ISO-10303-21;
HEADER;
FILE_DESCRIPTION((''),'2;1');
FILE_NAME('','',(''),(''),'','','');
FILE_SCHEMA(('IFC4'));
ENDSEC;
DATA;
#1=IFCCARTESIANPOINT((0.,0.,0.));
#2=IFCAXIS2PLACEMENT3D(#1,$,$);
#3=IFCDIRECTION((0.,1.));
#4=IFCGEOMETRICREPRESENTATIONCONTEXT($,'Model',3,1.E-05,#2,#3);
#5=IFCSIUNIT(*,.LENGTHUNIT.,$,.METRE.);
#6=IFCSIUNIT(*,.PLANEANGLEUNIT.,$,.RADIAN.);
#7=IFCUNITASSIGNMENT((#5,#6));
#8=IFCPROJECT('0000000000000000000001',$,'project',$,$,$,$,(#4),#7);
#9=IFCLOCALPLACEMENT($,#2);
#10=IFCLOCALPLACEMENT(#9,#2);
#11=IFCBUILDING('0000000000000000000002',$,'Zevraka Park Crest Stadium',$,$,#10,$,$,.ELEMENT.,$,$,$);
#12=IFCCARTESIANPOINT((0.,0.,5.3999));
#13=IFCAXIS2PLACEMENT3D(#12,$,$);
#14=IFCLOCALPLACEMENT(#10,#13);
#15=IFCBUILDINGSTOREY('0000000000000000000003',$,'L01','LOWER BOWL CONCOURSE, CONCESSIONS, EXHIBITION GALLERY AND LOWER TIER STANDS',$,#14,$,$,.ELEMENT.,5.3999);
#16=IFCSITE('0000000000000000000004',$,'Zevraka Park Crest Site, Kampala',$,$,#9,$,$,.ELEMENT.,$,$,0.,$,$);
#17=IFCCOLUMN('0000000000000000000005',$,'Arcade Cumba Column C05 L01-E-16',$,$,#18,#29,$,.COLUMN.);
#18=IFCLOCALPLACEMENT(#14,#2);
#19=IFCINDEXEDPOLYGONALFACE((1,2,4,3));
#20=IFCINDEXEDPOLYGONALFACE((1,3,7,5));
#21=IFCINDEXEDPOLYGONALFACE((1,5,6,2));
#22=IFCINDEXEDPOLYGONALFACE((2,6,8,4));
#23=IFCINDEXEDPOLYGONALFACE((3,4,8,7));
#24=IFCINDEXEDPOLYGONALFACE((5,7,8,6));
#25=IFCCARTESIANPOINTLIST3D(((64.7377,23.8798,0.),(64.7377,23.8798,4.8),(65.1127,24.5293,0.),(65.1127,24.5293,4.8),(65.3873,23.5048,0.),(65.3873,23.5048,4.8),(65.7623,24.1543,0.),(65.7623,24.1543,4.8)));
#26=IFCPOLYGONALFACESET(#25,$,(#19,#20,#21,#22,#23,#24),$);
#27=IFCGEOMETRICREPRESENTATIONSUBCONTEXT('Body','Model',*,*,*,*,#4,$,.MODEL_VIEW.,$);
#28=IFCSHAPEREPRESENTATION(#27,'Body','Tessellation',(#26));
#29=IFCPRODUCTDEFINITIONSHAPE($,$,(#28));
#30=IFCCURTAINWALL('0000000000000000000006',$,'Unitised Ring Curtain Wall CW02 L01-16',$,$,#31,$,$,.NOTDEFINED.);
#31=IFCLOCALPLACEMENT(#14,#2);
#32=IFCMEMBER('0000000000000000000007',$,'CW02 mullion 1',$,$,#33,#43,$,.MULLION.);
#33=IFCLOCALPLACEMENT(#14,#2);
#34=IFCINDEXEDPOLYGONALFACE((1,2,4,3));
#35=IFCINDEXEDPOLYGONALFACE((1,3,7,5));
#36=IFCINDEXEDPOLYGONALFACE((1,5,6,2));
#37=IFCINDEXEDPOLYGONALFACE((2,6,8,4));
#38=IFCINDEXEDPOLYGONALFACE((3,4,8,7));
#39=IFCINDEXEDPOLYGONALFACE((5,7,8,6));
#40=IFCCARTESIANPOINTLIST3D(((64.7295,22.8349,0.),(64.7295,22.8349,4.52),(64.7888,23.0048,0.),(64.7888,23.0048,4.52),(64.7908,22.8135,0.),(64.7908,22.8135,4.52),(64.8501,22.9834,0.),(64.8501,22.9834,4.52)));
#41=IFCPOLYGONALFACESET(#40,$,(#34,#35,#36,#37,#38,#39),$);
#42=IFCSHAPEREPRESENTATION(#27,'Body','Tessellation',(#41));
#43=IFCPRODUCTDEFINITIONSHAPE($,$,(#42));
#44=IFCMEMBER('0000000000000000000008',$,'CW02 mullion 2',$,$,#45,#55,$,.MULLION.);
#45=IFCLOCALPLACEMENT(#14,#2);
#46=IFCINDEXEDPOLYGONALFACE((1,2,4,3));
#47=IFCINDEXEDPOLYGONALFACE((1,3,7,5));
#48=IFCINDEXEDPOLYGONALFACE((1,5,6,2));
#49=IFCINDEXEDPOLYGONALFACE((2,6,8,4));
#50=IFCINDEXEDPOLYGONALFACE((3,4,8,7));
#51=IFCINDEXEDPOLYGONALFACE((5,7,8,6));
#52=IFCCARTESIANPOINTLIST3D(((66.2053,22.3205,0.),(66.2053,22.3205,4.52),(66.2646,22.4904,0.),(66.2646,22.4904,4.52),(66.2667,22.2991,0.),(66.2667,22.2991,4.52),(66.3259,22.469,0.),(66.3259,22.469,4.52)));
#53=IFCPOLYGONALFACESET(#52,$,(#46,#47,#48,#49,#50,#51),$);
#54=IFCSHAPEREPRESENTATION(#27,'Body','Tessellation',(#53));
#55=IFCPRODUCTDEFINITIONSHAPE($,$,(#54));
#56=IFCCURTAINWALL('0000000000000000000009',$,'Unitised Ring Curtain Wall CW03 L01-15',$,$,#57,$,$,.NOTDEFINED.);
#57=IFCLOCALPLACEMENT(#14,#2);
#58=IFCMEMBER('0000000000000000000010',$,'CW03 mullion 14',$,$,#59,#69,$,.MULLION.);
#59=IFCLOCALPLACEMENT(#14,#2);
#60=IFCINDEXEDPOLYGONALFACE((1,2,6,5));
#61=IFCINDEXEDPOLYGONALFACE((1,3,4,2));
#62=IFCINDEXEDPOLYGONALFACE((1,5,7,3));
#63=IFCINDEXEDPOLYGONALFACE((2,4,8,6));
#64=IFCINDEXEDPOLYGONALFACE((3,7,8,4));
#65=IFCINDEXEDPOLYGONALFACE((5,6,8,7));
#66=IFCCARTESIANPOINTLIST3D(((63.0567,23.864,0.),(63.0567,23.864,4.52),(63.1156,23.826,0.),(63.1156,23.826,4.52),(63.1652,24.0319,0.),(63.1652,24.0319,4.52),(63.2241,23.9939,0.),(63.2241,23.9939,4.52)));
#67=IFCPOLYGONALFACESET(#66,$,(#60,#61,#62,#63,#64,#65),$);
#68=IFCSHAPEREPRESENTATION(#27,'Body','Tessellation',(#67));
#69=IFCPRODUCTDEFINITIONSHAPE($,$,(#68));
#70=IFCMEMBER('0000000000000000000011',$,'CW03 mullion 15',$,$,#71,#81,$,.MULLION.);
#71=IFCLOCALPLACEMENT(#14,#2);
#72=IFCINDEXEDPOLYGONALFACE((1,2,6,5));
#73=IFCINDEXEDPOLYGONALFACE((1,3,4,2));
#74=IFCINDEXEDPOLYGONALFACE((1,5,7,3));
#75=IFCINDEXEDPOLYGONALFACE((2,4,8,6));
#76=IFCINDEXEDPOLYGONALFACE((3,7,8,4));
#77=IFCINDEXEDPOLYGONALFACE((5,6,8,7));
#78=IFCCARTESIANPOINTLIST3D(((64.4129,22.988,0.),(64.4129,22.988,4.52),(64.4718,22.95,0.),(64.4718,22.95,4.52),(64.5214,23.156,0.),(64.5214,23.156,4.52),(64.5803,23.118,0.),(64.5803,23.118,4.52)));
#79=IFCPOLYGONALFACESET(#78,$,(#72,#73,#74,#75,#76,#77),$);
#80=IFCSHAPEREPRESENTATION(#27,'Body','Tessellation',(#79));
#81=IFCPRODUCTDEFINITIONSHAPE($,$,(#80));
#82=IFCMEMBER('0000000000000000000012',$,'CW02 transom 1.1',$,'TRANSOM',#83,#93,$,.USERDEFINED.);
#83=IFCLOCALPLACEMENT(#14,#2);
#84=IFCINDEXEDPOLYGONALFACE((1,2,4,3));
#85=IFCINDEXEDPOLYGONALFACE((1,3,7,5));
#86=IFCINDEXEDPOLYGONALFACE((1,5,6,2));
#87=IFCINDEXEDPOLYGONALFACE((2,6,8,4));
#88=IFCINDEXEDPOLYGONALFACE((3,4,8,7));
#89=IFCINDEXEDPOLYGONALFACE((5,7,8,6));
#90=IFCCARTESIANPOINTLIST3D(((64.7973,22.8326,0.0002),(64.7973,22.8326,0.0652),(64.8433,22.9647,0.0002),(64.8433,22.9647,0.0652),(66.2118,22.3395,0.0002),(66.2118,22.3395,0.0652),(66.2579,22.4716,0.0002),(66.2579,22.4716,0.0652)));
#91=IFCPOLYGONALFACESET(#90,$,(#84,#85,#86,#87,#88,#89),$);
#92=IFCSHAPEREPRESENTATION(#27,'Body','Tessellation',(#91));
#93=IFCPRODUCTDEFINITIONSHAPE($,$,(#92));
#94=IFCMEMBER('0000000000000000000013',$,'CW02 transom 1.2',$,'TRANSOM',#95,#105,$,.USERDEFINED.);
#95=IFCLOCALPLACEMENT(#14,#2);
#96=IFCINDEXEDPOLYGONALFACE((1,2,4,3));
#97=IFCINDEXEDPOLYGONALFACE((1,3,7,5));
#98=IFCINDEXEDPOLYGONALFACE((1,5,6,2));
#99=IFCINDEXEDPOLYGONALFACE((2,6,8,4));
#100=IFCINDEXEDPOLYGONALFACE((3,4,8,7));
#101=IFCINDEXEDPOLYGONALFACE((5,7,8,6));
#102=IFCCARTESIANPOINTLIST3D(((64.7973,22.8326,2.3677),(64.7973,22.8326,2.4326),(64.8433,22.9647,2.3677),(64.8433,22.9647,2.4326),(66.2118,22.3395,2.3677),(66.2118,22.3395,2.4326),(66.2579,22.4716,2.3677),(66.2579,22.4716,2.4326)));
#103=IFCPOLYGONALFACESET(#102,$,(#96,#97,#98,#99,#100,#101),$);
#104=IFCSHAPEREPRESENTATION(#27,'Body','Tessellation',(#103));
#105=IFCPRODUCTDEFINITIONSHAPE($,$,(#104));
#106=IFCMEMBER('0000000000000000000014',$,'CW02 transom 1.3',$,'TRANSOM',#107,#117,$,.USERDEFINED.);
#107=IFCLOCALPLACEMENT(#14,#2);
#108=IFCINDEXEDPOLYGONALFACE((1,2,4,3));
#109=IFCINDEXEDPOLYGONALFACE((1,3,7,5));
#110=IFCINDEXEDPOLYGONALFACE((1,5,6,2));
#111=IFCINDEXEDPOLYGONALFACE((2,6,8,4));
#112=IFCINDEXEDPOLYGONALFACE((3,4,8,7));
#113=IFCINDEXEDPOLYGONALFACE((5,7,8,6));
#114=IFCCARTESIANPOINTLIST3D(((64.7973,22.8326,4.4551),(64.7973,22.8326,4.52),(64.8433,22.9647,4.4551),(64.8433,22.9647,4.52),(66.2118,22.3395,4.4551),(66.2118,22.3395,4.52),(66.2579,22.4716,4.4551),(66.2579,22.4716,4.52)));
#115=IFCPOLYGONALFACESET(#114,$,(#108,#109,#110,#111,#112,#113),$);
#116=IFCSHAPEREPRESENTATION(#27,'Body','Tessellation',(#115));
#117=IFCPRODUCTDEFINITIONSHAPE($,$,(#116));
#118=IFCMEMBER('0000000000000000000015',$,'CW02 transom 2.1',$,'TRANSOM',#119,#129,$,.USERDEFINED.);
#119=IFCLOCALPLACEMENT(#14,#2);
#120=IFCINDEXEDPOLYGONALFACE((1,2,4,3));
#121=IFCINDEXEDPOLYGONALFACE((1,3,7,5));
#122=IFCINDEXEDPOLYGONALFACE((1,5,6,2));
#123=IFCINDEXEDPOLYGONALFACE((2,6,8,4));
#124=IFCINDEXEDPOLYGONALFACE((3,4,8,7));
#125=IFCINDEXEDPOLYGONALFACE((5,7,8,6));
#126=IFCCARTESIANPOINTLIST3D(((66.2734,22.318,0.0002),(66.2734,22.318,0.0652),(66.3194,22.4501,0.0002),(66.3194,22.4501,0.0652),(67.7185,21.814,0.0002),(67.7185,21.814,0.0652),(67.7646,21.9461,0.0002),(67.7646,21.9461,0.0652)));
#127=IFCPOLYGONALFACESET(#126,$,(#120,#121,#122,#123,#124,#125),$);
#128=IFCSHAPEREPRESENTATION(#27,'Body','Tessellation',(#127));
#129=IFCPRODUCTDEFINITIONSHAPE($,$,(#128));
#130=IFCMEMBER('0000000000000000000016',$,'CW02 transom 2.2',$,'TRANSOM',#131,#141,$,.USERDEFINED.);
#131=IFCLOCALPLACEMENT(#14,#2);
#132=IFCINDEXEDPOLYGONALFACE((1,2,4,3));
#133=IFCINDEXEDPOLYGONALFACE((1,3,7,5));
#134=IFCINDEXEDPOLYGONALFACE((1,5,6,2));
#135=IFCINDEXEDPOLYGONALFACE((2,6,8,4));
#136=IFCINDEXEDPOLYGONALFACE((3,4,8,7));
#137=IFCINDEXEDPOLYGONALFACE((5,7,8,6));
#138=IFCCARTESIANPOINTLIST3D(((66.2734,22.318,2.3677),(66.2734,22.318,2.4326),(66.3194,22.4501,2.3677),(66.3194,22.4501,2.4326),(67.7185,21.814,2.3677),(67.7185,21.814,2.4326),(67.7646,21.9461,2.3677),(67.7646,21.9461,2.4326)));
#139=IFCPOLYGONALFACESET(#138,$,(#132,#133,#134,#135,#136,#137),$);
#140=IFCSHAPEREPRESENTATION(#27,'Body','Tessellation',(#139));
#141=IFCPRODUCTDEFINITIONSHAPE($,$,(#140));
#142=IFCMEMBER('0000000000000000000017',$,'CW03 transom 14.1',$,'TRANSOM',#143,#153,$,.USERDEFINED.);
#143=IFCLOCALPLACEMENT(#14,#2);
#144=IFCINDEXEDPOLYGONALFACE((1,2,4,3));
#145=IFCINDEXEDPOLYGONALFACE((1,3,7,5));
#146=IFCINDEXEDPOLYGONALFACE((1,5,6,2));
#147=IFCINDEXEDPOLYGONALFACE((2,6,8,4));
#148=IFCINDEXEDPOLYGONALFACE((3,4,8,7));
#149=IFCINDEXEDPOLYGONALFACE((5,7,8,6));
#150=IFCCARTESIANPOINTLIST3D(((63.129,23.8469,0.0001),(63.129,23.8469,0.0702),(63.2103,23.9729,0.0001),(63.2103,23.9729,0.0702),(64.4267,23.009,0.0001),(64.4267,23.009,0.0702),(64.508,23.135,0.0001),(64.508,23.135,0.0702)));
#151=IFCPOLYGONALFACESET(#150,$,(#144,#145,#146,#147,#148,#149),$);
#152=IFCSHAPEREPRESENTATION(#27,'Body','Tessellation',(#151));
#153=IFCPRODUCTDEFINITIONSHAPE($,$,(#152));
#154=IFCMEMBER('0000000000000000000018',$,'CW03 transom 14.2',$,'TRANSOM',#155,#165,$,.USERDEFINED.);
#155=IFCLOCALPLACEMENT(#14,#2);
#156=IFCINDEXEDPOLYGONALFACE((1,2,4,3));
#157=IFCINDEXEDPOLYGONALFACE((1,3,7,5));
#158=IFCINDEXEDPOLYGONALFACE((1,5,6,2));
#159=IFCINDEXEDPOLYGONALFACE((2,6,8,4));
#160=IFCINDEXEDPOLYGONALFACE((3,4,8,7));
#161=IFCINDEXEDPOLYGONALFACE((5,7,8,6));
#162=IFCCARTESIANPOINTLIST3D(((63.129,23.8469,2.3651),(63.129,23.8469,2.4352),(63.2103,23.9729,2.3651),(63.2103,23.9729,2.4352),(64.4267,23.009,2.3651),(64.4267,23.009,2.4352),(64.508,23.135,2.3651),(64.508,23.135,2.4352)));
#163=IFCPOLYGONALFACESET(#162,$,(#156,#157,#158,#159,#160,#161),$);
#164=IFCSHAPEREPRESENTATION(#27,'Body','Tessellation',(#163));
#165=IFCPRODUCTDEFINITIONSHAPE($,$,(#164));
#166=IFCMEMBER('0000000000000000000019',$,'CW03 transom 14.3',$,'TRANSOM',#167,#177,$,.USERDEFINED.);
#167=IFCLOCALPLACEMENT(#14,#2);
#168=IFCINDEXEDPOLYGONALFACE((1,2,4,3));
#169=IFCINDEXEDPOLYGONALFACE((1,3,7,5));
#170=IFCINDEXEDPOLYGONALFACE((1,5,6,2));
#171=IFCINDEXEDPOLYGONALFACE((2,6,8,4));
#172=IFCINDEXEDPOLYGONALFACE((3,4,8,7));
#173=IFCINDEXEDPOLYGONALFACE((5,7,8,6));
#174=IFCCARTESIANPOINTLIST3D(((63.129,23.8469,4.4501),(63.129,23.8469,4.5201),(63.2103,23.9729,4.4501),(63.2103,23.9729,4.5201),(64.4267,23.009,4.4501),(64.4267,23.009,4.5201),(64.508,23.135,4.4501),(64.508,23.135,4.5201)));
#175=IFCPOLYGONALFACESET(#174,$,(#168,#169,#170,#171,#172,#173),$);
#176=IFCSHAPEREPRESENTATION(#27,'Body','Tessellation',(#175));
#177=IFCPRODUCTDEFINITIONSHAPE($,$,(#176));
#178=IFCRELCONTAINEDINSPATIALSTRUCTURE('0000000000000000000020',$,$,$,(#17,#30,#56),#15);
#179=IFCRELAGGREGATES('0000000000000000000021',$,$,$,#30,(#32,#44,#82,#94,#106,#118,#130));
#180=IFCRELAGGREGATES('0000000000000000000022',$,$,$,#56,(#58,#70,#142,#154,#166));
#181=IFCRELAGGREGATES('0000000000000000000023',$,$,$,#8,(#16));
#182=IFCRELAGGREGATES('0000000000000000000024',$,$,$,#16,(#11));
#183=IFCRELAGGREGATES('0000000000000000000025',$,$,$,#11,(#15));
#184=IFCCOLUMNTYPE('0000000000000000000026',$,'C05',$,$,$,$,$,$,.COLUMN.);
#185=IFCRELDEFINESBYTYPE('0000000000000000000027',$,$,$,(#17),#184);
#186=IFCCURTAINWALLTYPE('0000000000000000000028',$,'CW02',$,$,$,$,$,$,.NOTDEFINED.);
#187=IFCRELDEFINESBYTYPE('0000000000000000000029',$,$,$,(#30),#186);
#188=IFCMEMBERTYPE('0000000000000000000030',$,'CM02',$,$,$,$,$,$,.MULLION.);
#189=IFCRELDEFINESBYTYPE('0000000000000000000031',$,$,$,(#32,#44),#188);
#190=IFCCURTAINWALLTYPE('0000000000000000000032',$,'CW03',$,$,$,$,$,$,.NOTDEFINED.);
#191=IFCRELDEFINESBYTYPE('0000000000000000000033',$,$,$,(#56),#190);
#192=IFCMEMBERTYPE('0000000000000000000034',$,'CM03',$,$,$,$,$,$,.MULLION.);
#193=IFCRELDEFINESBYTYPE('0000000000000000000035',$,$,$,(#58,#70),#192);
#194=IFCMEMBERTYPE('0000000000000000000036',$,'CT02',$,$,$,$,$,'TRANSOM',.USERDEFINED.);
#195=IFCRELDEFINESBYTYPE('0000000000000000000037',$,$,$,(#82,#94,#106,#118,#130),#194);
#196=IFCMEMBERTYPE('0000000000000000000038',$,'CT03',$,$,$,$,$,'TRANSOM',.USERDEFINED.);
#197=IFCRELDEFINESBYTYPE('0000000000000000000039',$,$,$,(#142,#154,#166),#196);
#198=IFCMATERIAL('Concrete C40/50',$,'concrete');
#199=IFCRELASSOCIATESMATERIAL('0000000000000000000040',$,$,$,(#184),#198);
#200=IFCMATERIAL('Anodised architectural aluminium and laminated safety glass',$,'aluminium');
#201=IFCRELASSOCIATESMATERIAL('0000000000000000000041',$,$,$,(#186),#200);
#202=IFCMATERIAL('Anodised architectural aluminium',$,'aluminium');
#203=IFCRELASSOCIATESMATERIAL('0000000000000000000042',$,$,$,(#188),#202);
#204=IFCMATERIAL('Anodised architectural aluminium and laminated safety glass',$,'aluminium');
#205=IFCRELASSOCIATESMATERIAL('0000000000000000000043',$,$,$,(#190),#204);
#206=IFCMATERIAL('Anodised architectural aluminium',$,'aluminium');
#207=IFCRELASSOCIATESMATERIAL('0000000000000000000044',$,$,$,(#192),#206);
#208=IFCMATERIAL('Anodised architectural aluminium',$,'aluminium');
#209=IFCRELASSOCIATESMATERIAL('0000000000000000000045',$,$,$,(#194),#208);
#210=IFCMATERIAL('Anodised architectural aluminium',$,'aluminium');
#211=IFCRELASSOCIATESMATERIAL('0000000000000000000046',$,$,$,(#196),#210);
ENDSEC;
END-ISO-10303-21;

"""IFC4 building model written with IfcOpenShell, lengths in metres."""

from ifc_helpers import new_model, si_unit, direction, frame, origin, origin_2d, place, context, subcontext, project, spatial, rectangle, extrude, material, material_profile, profile_set, type_object, element, aggregate, save


model = new_model("IFC4")

# Units and contexts
model_context = context("Model", 3, precision=1e-05, world=origin(), true_north=direction((0.0, 1.0)))
body_context = subcontext(model_context, "Body", "Model", "MODEL_VIEW")
ifc_project = project(units=[si_unit("LENGTHUNIT", "METRE"), si_unit("PLANEANGLEUNIT", "RADIAN")], contexts=[model_context])

# Site, building, storey
site_placement = place(None, origin())
site = spatial("IfcSite", under=ifc_project, at=site_placement, Name="Zevraka Park Crest Site, Kampala", CompositionType="ELEMENT", RefElevation=0.0)
building_placement = place(site_placement, origin())
building = spatial("IfcBuilding", under=site, at=building_placement, Name="Zevraka Park Crest Stadium", CompositionType="ELEMENT")
storey_placement = place(building_placement, frame((0.0, 0.0, 5.3999)))
storey = spatial("IfcBuildingStorey", under=building, at=storey_placement, Name="L01", Description="LOWER BOWL CONCOURSE, CONCESSIONS, EXHIBITION GALLERY AND LOWER TIER STANDS", CompositionType="ELEMENT", Elevation=5.3999)

# Column
ifc_material_1 = material(Name="Concrete C40/50", Category="concrete")
ifc_material_profile_1 = material_profile(ifc_material_1, rectangle(XDim=0.75, YDim=0.75, at=origin_2d()), Name="RC 750x750")
ifc_profile_set_1 = profile_set([ifc_material_profile_1], Name="Concrete C40/50")
column_type = type_object("IfcColumnType", Name="C05", PredefinedType="COLUMN", material=ifc_profile_set_1)
column_placement = place(storey_placement, frame((65.25, 24.0171, 0.0), z_axis=(0.0, 0.0, 1.0), x_axis=(0.5, 0.866025, 0.0)))
element("IfcColumn", 1, at=column_placement, inside=storey, type_object=column_type, Name="Arcade Cumba Column C05 L01-E-16", PredefinedType="COLUMN", context=body_context, shape_type="SweptSolid", body=[
    extrude(rectangle(XDim=0.75, YDim=0.75, at=origin_2d()), origin(), (0.0, 0.0, 1.0), 4.8),
])

# Curtain walls, members
ifc_material_2 = material(Name="Anodised architectural aluminium and laminated safety glass", Category="aluminium")
curtain_wall_type_1 = type_object("IfcCurtainWallType", Name="CW02", PredefinedType="NOTDEFINED", material=ifc_material_2)
curtain_wall_1_placement = place(storey_placement, origin())
curtain_wall_1 = element("IfcCurtainWall", 2, at=curtain_wall_1_placement, inside=storey, type_object=curtain_wall_type_1, Name="Unitised Ring Curtain Wall CW02 L01-16", PredefinedType="NOTDEFINED")
ifc_material_3 = material(Name="Anodised architectural aluminium", Category="aluminium")
ifc_material_profile_2 = material_profile(ifc_material_3, rectangle(XDim=0.1799, YDim=0.0649, at=origin_2d()), Name="ALU MULLION 180x65")
ifc_profile_set_2 = profile_set([ifc_material_profile_2], Name="Anodised architectural aluminium")
member_type_1 = type_object("IfcMemberType", Name="CM02", PredefinedType="MULLION", material=ifc_profile_set_2)
member_1_placement = place(storey_placement, frame((64.7898, 22.9092, 0.0), z_axis=(0.0, 0.0, 1.0), x_axis=(0.329209, 0.944257, 0.0)))
member_1 = element("IfcMember", 3, at=member_1_placement, type_object=member_type_1, Name="CW02 mullion 1", PredefinedType="MULLION", context=body_context, shape_type="SweptSolid", body=[
    extrude(rectangle(XDim=0.1799, YDim=0.0649, at=origin_2d()), origin(), (0.0, 0.0, 1.0), 4.52),
])
member_2_placement = place(storey_placement, frame((66.2656, 22.3948, 0.0), z_axis=(0.0, 0.0, 1.0), x_axis=(0.329209, 0.944257, 0.0)))
member_2 = element("IfcMember", 4, at=member_2_placement, type_object=member_type_1, Name="CW02 mullion 2", PredefinedType="MULLION", context=body_context, shape_type="SweptSolid", body=[
    extrude(rectangle(XDim=0.1799, YDim=0.0649, at=origin_2d()), origin(), (0.0, 0.0, 1.0), 4.52),
])
ifc_material_4 = material(Name="Anodised architectural aluminium and laminated safety glass", Category="aluminium")
curtain_wall_type_2 = type_object("IfcCurtainWallType", Name="CW03", PredefinedType="NOTDEFINED", material=ifc_material_4)
curtain_wall_2_placement = place(storey_placement, origin())
curtain_wall_2 = element("IfcCurtainWall", 5, at=curtain_wall_2_placement, inside=storey, type_object=curtain_wall_type_2, Name="Unitised Ring Curtain Wall CW03 L01-15", PredefinedType="NOTDEFINED")
ifc_material_5 = material(Name="Anodised architectural aluminium", Category="aluminium")
ifc_material_profile_3 = material_profile(ifc_material_5, rectangle(XDim=0.2, YDim=0.0701, at=origin_2d()), Name="ALU MULLION 200x70")
ifc_profile_set_3 = profile_set([ifc_material_profile_3], Name="Anodised architectural aluminium")
member_type_2 = type_object("IfcMemberType", Name="CM03", PredefinedType="MULLION", material=ifc_profile_set_3)
member_3_placement = place(storey_placement, frame((63.1404, 23.929, 0.0), z_axis=(0.0, 0.0, 1.0), x_axis=(0.542571, 0.84001, 0.0)))
member_3 = element("IfcMember", 6, at=member_3_placement, type_object=member_type_2, Name="CW03 mullion 14", PredefinedType="MULLION", context=body_context, shape_type="SweptSolid", body=[
    extrude(rectangle(XDim=0.2, YDim=0.0701, at=origin_2d()), origin(), (0.0, 0.0, 1.0), 4.52),
])
member_4_placement = place(storey_placement, frame((64.4966, 23.053, 0.0), z_axis=(0.0, 0.0, 1.0), x_axis=(0.542571, 0.84001, 0.0)))
member_4 = element("IfcMember", 7, at=member_4_placement, type_object=member_type_2, Name="CW03 mullion 15", PredefinedType="MULLION", context=body_context, shape_type="SweptSolid", body=[
    extrude(rectangle(XDim=0.2, YDim=0.0701, at=origin_2d()), origin(), (0.0, 0.0, 1.0), 4.52),
])

# Members
ifc_material_6 = material(Name="Anodised architectural aluminium", Category="aluminium")
ifc_material_profile_4 = material_profile(ifc_material_6, rectangle(XDim=0.1399, YDim=0.0649, at=origin_2d()), Name="ALU TRANSOM 140x65")
ifc_profile_set_4 = profile_set([ifc_material_profile_4], Name="Anodised architectural aluminium")
member_type_3 = type_object("IfcMemberType", Name="CT02", ElementType="TRANSOM", PredefinedType="USERDEFINED", material=ifc_profile_set_4)
member_5_placement = place(storey_placement, frame((64.8203, 22.8987, 0.0327), z_axis=(0.944259, -0.329203, 0.0), x_axis=(0.329203, 0.944259, 0.0)))
member_5 = element("IfcMember", 8, at=member_5_placement, type_object=member_type_3, Name="CW02 transom 1.1", ObjectType="TRANSOM", PredefinedType="USERDEFINED", context=body_context, shape_type="SweptSolid", body=[
    extrude(rectangle(XDim=0.1399, YDim=0.0649, at=origin_2d()), origin(), (0.0, 0.0, 1.0), 1.498),
])
member_6_placement = place(storey_placement, frame((64.8203, 22.8987, 2.4001), z_axis=(0.944259, -0.329203, 0.0), x_axis=(0.329203, 0.944259, 0.0)))
member_6 = element("IfcMember", 9, at=member_6_placement, type_object=member_type_3, Name="CW02 transom 1.2", ObjectType="TRANSOM", PredefinedType="USERDEFINED", context=body_context, shape_type="SweptSolid", body=[
    extrude(rectangle(XDim=0.1399, YDim=0.0649, at=origin_2d()), origin(), (0.0, 0.0, 1.0), 1.498),
])
member_7_placement = place(storey_placement, frame((64.8203, 22.8987, 4.4875), z_axis=(0.944259, -0.329203, 0.0), x_axis=(0.329203, 0.944259, 0.0)))
member_7 = element("IfcMember", 10, at=member_7_placement, type_object=member_type_3, Name="CW02 transom 1.3", ObjectType="TRANSOM", PredefinedType="USERDEFINED", context=body_context, shape_type="SweptSolid", body=[
    extrude(rectangle(XDim=0.1399, YDim=0.0649, at=origin_2d()), origin(), (0.0, 0.0, 1.0), 1.498),
])
member_8_placement = place(storey_placement, frame((66.2964, 22.384, 0.0327), z_axis=(0.944238, -0.329263, 0.0), x_axis=(0.329263, 0.944238, 0.0)))
member_8 = element("IfcMember", 11, at=member_8_placement, type_object=member_type_3, Name="CW02 transom 2.1", ObjectType="TRANSOM", PredefinedType="USERDEFINED", context=body_context, shape_type="SweptSolid", body=[
    extrude(rectangle(XDim=0.1399, YDim=0.0649, at=origin_2d()), origin(), (0.0, 0.0, 1.0), 1.5305),
])
member_9_placement = place(storey_placement, frame((66.2964, 22.384, 2.4001), z_axis=(0.944238, -0.329263, 0.0), x_axis=(0.329263, 0.944238, 0.0)))
member_9 = element("IfcMember", 12, at=member_9_placement, type_object=member_type_3, Name="CW02 transom 2.2", ObjectType="TRANSOM", PredefinedType="USERDEFINED", context=body_context, shape_type="SweptSolid", body=[
    extrude(rectangle(XDim=0.1399, YDim=0.0649, at=origin_2d()), origin(), (0.0, 0.0, 1.0), 1.5305),
])
ifc_material_7 = material(Name="Anodised architectural aluminium", Category="aluminium")
ifc_material_profile_5 = material_profile(ifc_material_7, rectangle(XDim=0.1499, YDim=0.0701, at=origin_2d()), Name="ALU TRANSOM 150x70")
ifc_profile_set_5 = profile_set([ifc_material_profile_5], Name="Anodised architectural aluminium")
member_type_4 = type_object("IfcMemberType", Name="CT03", ElementType="TRANSOM", PredefinedType="USERDEFINED", material=ifc_profile_set_5)
member_10_placement = place(storey_placement, frame((63.1697, 23.9099, 0.0352), z_axis=(0.840083, -0.542458, 0.0), x_axis=(0.542458, 0.840083, 0.0)))
member_10 = element("IfcMember", 13, at=member_10_placement, type_object=member_type_4, Name="CW03 transom 14.1", ObjectType="TRANSOM", PredefinedType="USERDEFINED", context=body_context, shape_type="SweptSolid", body=[
    extrude(rectangle(XDim=0.1499, YDim=0.0701, at=origin_2d()), origin(), (0.0, 0.0, 1.0), 1.5447),
])
member_11_placement = place(storey_placement, frame((63.1697, 23.9099, 2.4001), z_axis=(0.840083, -0.542458, 0.0), x_axis=(0.542458, 0.840083, 0.0)))
member_11 = element("IfcMember", 14, at=member_11_placement, type_object=member_type_4, Name="CW03 transom 14.2", ObjectType="TRANSOM", PredefinedType="USERDEFINED", context=body_context, shape_type="SweptSolid", body=[
    extrude(rectangle(XDim=0.1499, YDim=0.0701, at=origin_2d()), origin(), (0.0, 0.0, 1.0), 1.5447),
])
member_12_placement = place(storey_placement, frame((63.1697, 23.9099, 4.4851), z_axis=(0.840083, -0.542458, 0.0), x_axis=(0.542458, 0.840083, 0.0)))
member_12 = element("IfcMember", 15, at=member_12_placement, type_object=member_type_4, Name="CW03 transom 14.3", ObjectType="TRANSOM", PredefinedType="USERDEFINED", context=body_context, shape_type="SweptSolid", body=[
    extrude(rectangle(XDim=0.1499, YDim=0.0701, at=origin_2d()), origin(), (0.0, 0.0, 1.0), 1.5447),
])

aggregate(curtain_wall_1, [member_1, member_2, member_5, member_6, member_7, member_8, member_9])
aggregate(curtain_wall_2, [member_3, member_4, member_10, member_11, member_12])

save(model, "model.ifc")
